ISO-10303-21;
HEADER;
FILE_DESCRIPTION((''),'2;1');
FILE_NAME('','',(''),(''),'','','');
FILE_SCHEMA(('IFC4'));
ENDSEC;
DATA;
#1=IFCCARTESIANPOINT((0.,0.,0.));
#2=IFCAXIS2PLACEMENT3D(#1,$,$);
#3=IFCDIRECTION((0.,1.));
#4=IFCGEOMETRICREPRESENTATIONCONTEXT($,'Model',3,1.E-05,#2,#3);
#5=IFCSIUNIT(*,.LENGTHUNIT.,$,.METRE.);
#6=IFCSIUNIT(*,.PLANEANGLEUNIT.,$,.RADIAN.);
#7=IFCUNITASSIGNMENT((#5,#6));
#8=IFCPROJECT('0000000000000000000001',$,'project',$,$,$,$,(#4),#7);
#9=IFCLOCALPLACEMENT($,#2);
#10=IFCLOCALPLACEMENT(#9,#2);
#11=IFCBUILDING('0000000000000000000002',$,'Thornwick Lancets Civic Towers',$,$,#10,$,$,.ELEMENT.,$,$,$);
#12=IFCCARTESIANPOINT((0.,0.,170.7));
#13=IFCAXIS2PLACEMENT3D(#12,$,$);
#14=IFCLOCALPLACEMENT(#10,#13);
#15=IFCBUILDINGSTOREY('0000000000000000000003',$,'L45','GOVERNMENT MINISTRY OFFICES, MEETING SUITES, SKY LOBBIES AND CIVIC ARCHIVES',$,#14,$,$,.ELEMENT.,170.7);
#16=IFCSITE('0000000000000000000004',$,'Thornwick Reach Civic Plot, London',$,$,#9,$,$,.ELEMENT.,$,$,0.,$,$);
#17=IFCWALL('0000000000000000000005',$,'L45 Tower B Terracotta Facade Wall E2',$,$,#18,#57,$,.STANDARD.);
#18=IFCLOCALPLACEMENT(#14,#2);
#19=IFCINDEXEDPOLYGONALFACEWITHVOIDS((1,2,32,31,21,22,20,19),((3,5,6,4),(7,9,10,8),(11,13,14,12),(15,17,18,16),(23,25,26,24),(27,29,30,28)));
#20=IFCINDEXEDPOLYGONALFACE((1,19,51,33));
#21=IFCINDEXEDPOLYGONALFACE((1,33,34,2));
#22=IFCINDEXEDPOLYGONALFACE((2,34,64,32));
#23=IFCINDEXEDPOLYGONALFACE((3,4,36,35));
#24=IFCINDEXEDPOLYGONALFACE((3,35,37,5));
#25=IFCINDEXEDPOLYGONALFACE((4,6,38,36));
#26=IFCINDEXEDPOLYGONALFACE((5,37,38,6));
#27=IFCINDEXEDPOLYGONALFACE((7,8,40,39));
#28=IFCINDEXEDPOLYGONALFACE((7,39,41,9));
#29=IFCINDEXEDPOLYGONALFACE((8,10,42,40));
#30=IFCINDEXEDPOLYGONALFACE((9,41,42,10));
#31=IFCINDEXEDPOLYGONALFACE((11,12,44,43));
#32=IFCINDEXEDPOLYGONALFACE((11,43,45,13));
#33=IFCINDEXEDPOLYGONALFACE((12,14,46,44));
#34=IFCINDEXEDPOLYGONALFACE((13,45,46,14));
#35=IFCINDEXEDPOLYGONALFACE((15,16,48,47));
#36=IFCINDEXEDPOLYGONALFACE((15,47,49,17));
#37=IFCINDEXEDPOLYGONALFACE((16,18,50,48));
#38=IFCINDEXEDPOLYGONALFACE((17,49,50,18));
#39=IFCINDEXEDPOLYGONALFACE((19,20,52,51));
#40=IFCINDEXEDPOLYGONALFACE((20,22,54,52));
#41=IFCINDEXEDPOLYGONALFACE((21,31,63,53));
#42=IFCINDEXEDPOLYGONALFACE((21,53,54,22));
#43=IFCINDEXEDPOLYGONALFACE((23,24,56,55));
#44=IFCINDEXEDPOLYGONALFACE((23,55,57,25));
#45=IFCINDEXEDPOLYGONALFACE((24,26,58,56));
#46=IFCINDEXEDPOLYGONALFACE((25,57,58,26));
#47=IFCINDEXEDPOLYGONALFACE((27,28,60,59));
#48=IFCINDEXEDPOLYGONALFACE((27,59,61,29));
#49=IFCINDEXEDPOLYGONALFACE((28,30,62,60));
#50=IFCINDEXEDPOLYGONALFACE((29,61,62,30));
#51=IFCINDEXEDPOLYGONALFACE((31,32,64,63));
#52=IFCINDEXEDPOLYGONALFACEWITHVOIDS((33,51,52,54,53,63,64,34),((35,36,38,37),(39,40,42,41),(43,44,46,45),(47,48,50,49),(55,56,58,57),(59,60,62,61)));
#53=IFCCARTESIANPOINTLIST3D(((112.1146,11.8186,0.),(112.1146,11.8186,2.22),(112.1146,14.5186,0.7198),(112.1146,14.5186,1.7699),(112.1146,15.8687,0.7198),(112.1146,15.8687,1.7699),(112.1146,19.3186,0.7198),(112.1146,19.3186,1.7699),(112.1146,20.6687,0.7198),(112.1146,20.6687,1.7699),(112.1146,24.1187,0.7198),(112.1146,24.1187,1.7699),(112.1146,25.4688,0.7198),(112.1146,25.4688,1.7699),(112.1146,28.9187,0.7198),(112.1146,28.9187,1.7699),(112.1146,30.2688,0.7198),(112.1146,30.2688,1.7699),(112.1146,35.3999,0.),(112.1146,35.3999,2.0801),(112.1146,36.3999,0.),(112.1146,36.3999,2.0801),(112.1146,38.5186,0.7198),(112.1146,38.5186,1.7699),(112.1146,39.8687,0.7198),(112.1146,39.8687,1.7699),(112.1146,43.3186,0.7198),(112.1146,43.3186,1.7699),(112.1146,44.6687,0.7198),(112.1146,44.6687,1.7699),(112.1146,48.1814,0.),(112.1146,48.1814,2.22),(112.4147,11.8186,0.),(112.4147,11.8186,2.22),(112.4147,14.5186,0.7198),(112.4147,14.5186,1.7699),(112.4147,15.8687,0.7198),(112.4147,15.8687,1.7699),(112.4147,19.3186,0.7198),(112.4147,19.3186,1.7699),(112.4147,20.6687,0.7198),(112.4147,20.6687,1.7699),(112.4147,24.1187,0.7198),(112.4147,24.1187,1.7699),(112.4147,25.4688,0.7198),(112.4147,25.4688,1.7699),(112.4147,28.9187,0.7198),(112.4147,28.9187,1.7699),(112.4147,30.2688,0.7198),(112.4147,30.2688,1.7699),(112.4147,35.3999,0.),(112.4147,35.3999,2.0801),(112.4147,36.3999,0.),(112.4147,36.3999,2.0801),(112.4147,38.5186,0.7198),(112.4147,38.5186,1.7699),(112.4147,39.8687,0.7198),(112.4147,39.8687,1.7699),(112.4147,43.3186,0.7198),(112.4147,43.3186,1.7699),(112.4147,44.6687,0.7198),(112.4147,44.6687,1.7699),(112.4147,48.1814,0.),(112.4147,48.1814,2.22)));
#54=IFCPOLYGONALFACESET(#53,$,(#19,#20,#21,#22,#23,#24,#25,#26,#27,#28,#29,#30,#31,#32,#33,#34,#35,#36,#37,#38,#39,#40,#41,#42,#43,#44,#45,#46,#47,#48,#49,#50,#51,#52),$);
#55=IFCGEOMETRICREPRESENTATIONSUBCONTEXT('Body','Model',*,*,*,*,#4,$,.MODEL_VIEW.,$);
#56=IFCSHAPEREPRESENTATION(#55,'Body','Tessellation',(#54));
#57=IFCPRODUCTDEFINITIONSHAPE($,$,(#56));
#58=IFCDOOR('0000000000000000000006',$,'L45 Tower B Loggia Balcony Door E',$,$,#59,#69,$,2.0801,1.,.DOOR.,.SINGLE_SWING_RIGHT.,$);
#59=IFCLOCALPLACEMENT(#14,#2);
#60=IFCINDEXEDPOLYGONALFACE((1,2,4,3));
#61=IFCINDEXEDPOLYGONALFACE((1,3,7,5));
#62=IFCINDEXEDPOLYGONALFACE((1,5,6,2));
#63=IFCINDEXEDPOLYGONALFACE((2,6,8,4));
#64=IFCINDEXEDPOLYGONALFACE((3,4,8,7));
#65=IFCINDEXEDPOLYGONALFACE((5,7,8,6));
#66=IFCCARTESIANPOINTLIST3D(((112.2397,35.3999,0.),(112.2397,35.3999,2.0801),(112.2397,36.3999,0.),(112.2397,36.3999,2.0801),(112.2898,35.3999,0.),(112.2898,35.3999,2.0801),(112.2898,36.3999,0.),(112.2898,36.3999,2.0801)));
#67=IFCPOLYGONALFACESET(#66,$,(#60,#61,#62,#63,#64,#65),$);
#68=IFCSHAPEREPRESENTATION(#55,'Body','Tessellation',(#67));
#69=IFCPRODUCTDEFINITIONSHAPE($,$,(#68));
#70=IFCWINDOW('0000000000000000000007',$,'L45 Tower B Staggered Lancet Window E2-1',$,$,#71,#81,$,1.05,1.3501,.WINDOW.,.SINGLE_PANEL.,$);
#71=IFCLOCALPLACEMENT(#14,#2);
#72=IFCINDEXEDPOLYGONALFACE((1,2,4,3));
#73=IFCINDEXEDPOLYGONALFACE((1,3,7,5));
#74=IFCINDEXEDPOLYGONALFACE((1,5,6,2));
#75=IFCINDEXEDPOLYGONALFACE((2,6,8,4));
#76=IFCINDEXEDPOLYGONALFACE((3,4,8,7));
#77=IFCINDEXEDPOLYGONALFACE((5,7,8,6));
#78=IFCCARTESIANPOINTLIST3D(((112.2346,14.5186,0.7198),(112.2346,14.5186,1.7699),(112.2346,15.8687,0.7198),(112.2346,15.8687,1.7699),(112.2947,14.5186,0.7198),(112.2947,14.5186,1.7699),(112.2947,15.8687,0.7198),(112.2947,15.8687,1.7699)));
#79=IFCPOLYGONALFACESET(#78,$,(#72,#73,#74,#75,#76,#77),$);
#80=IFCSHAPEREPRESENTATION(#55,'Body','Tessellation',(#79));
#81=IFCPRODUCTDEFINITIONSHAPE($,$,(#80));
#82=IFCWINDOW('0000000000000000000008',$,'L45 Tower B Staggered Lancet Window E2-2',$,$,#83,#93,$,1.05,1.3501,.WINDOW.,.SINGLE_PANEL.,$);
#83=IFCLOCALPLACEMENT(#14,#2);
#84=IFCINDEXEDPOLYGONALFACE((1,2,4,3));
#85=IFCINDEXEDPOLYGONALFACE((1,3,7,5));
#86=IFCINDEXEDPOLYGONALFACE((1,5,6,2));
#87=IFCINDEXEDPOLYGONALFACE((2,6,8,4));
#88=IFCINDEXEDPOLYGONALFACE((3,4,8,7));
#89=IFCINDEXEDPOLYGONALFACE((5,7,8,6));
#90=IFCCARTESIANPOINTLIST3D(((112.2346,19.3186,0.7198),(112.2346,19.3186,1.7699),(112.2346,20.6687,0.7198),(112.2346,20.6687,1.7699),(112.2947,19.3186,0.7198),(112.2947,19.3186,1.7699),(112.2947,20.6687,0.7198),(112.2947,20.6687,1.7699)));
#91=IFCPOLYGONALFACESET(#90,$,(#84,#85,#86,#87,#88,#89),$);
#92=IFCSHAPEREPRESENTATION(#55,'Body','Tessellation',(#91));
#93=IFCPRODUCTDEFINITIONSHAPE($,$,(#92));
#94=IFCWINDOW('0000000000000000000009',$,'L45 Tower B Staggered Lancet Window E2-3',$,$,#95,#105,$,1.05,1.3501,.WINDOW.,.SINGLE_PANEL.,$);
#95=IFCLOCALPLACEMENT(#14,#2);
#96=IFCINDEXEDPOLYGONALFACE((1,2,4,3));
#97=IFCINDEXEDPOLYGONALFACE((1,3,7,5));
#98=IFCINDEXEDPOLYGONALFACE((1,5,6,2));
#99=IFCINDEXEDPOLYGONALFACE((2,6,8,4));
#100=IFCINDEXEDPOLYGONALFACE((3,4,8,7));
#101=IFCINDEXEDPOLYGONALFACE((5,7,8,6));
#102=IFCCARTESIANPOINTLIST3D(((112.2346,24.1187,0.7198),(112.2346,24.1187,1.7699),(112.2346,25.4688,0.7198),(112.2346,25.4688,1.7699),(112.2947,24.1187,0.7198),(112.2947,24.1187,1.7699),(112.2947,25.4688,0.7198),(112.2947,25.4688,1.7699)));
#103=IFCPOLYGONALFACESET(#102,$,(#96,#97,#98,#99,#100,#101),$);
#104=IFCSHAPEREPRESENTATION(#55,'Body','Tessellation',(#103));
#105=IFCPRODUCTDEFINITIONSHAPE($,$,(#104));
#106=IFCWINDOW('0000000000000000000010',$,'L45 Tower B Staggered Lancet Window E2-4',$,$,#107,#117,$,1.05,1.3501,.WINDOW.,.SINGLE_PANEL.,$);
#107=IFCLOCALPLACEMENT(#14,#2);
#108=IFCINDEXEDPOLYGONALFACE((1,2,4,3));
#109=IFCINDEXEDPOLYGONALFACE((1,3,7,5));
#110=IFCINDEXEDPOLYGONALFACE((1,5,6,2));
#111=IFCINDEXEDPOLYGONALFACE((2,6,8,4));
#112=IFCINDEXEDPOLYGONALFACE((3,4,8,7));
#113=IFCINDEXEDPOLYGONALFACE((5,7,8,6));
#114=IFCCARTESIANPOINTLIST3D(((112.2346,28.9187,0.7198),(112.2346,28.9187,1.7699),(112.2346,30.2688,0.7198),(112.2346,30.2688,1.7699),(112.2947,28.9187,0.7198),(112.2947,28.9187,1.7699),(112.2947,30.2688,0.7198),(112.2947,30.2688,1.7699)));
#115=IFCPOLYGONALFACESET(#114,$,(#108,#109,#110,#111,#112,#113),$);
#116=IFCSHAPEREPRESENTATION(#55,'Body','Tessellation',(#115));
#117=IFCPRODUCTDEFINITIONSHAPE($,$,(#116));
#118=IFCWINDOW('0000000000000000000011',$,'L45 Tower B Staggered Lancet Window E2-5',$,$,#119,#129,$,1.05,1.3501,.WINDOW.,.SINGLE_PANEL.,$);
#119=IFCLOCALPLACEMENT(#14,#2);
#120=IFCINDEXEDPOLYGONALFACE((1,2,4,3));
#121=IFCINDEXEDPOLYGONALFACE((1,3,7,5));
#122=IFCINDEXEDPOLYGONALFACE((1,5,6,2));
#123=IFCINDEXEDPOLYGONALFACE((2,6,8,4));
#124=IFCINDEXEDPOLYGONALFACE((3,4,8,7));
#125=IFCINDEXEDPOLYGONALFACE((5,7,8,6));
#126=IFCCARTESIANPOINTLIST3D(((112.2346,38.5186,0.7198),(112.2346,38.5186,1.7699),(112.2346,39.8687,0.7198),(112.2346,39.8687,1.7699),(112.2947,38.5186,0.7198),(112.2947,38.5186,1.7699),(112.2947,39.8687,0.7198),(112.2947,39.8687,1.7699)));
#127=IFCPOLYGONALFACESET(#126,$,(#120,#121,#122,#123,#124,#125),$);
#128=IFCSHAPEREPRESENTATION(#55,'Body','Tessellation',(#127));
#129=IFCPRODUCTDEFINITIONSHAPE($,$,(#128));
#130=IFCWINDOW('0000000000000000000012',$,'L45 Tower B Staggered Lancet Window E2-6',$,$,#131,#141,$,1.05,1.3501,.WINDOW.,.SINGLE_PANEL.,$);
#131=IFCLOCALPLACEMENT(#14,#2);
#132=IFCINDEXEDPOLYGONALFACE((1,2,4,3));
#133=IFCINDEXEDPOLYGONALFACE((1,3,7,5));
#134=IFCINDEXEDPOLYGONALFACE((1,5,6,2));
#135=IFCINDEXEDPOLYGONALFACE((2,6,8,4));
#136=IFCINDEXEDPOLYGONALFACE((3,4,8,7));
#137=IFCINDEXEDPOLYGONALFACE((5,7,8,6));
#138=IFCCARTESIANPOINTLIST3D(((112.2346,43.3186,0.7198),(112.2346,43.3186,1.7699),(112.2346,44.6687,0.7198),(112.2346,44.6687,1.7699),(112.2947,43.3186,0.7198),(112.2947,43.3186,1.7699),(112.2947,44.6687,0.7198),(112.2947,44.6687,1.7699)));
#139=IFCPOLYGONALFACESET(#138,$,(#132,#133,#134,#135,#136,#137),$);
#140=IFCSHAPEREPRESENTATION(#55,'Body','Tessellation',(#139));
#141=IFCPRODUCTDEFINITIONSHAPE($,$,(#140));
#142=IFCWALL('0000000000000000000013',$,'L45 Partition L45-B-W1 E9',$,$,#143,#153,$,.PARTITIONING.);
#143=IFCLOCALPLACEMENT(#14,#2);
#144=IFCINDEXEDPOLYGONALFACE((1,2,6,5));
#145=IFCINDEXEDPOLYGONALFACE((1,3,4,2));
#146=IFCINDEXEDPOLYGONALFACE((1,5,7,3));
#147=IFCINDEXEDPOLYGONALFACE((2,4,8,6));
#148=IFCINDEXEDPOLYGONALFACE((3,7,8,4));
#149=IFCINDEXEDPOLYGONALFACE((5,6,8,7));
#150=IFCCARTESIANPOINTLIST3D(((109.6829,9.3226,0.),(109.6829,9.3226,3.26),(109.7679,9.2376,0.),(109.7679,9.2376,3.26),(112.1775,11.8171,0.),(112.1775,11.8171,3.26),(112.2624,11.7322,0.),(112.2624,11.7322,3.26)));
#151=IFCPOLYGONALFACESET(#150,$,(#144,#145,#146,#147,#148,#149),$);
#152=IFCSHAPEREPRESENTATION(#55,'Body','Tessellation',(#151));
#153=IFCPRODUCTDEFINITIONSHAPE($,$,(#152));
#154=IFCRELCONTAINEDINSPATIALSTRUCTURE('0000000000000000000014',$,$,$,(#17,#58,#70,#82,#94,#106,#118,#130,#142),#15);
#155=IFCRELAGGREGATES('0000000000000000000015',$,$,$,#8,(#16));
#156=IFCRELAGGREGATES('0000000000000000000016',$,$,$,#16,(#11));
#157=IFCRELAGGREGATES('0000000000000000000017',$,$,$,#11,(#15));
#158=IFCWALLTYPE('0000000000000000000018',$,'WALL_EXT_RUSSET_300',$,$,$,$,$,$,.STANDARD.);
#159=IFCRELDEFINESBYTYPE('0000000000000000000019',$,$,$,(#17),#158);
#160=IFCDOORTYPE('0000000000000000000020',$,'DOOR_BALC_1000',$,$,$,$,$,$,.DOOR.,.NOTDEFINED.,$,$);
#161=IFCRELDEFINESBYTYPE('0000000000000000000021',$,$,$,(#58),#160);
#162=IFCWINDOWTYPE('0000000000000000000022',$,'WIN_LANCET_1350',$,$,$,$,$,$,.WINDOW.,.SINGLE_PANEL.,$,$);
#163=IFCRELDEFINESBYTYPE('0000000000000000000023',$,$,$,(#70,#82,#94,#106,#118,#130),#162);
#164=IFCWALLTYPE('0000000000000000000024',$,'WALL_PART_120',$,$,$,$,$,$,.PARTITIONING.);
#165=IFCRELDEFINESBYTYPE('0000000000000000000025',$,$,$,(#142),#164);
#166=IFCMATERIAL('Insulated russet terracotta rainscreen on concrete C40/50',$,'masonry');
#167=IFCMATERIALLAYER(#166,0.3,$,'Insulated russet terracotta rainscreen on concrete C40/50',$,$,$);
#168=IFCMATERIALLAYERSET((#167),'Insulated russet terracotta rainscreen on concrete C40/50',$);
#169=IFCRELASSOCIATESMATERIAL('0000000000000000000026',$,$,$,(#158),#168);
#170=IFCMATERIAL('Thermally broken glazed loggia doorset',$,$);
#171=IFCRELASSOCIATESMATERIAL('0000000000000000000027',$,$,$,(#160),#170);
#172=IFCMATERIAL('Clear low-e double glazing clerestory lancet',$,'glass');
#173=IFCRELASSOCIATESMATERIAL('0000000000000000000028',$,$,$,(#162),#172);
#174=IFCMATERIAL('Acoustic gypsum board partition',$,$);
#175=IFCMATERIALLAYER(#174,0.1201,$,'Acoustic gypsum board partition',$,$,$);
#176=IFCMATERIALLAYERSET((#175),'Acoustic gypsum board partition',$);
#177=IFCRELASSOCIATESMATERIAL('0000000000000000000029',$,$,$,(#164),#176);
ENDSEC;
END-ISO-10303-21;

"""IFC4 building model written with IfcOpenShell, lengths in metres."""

from ifc_helpers import new_model, si_unit, direction, frame, frame_2d, origin, place, context, subcontext, project, spatial, rectangle, extrude, material, layer, layer_set, type_object, element, fill, save


model = new_model("IFC4")

# Units and contexts
model_context = context("Model", 3, precision=1e-05, world=origin(), true_north=direction((0.0, 1.0)))
body_context = subcontext(model_context, "Body", "Model", "MODEL_VIEW")
ifc_project = project(units=[si_unit("LENGTHUNIT", "METRE"), si_unit("PLANEANGLEUNIT", "RADIAN")], contexts=[model_context])

# Site, building, storey
site_placement = place(None, origin())
site = spatial("IfcSite", under=ifc_project, at=site_placement, Name="Thornwick Reach Civic Plot, London", CompositionType="ELEMENT", RefElevation=0.0)
building_placement = place(site_placement, origin())
building = spatial("IfcBuilding", under=site, at=building_placement, Name="Thornwick Lancets Civic Towers", CompositionType="ELEMENT")
storey_placement = place(building_placement, frame((0.0, 0.0, 170.7)))
storey = spatial("IfcBuildingStorey", under=building, at=storey_placement, Name="L45", Description="GOVERNMENT MINISTRY OFFICES, MEETING SUITES, SKY LOBBIES AND CIVIC ARCHIVES", CompositionType="ELEMENT", Elevation=170.7)

# Wall, openings, door, windows
ifc_material_1 = material(Name="Insulated russet terracotta rainscreen on concrete C40/50", Category="masonry")
ifc_layer_1 = layer(ifc_material_1, 0.3, Name="Insulated russet terracotta rainscreen on concrete C40/50")
ifc_layer_set_1 = layer_set([ifc_layer_1], Name="Insulated russet terracotta rainscreen on concrete C40/50")
wall_type_1 = type_object("IfcWallType", Name="WALL_EXT_RUSSET_300", PredefinedType="STANDARD", material=ifc_layer_set_1)
wall_1_placement = place(storey_placement, frame((112.2646, 11.8186, 0.0), z_axis=(0.0, 0.0, 1.0), x_axis=(0.0, 1.0, 0.0)))
wall_1 = element("IfcWall", 1, at=wall_1_placement, inside=storey, type_object=wall_type_1, Name="L45 Tower B Terracotta Facade Wall E2", PredefinedType="STANDARD", context=body_context, shape_type="SweptSolid", body=[
    extrude(rectangle(XDim=36.3628, YDim=0.3, at=frame_2d((18.1814, 0.0))), origin(), (0.0, 0.0, 1.0), 2.22),
])
opening_1_placement = place(wall_1_placement, frame((23.5813, 0.0, 0.0)))
opening_1 = element("IfcOpeningElement", 2, at=opening_1_placement, cuts=wall_1, PredefinedType="OPENING", context=body_context, shape_type="SweptSolid", body=[
    extrude(rectangle(XDim=1.0, YDim=2.0801, at=frame_2d((0.5, 1.04))), frame((0.0, 0.1602, 0.0), z_axis=(0.0, -1.0, 0.0), x_axis=(1.0, 0.0, 0.0)), (0.0, 0.0, 1.0), 0.3201),
])
opening_2_placement = place(wall_1_placement, frame((2.7, 0.0, 0.72)))
opening_2 = element("IfcOpeningElement", 3, at=opening_2_placement, cuts=wall_1, PredefinedType="OPENING", context=body_context, shape_type="SweptSolid", body=[
    extrude(rectangle(XDim=1.3501, YDim=1.05, at=frame_2d((0.675, 0.5249))), frame((0.0, 0.1602, 0.0), z_axis=(0.0, -1.0, 0.0), x_axis=(1.0, 0.0, 0.0)), (0.0, 0.0, 1.0), 0.3201),
])
opening_3_placement = place(wall_1_placement, frame((7.5, 0.0, 0.72)))
opening_3 = element("IfcOpeningElement", 4, at=opening_3_placement, cuts=wall_1, PredefinedType="OPENING", context=body_context, shape_type="SweptSolid", body=[
    extrude(rectangle(XDim=1.3501, YDim=1.05, at=frame_2d((0.675, 0.5249))), frame((0.0, 0.1602, 0.0), z_axis=(0.0, -1.0, 0.0), x_axis=(1.0, 0.0, 0.0)), (0.0, 0.0, 1.0), 0.3201),
])
opening_4_placement = place(wall_1_placement, frame((12.3, 0.0, 0.72)))
opening_4 = element("IfcOpeningElement", 5, at=opening_4_placement, cuts=wall_1, PredefinedType="OPENING", context=body_context, shape_type="SweptSolid", body=[
    extrude(rectangle(XDim=1.3501, YDim=1.05, at=frame_2d((0.675, 0.5249))), frame((0.0, 0.1602, 0.0), z_axis=(0.0, -1.0, 0.0), x_axis=(1.0, 0.0, 0.0)), (0.0, 0.0, 1.0), 0.3201),
])
opening_5_placement = place(wall_1_placement, frame((17.1001, 0.0, 0.72)))
opening_5 = element("IfcOpeningElement", 6, at=opening_5_placement, cuts=wall_1, PredefinedType="OPENING", context=body_context, shape_type="SweptSolid", body=[
    extrude(rectangle(XDim=1.3501, YDim=1.05, at=frame_2d((0.675, 0.5249))), frame((0.0, 0.1602, 0.0), z_axis=(0.0, -1.0, 0.0), x_axis=(1.0, 0.0, 0.0)), (0.0, 0.0, 1.0), 0.3201),
])
opening_6_placement = place(wall_1_placement, frame((26.7, 0.0, 0.72)))
opening_6 = element("IfcOpeningElement", 7, at=opening_6_placement, cuts=wall_1, PredefinedType="OPENING", context=body_context, shape_type="SweptSolid", body=[
    extrude(rectangle(XDim=1.3501, YDim=1.05, at=frame_2d((0.675, 0.5249))), frame((0.0, 0.1602, 0.0), z_axis=(0.0, -1.0, 0.0), x_axis=(1.0, 0.0, 0.0)), (0.0, 0.0, 1.0), 0.3201),
])
opening_7_placement = place(wall_1_placement, frame((31.5, 0.0, 0.72)))
opening_7 = element("IfcOpeningElement", 8, at=opening_7_placement, cuts=wall_1, PredefinedType="OPENING", context=body_context, shape_type="SweptSolid", body=[
    extrude(rectangle(XDim=1.3501, YDim=1.05, at=frame_2d((0.675, 0.5249))), frame((0.0, 0.1602, 0.0), z_axis=(0.0, -1.0, 0.0), x_axis=(1.0, 0.0, 0.0)), (0.0, 0.0, 1.0), 0.3201),
])
ifc_material_2 = material(Name="Thermally broken glazed loggia doorset")
door_type = type_object("IfcDoorType", Name="DOOR_BALC_1000", OperationType="NOTDEFINED", PredefinedType="DOOR", material=ifc_material_2)
door_placement = place(opening_1_placement, origin())
door = element("IfcDoor", 9, at=door_placement, inside=storey, type_object=door_type, Name="L45 Tower B Loggia Balcony Door E", OperationType="SINGLE_SWING_RIGHT", OverallHeight=2.0801, OverallWidth=1.0, PredefinedType="DOOR", context=body_context, shape_type="SweptSolid", body=[
    extrude(rectangle(XDim=1.0, YDim=2.0801, at=frame_2d((0.5, 1.04))), frame((0.0, 0.0249, 0.0), z_axis=(0.0, -1.0, 0.0), x_axis=(1.0, 0.0, 0.0)), (0.0, 0.0, 1.0), 0.05),
])
fill(opening_1, door)
ifc_material_3 = material(Name="Clear low-e double glazing clerestory lancet", Category="glass")
window_type = type_object("IfcWindowType", Name="WIN_LANCET_1350", PartitioningType="SINGLE_PANEL", PredefinedType="WINDOW", material=ifc_material_3)
window_1_placement = place(opening_2_placement, origin())
window_1 = element("IfcWindow", 10, at=window_1_placement, inside=storey, type_object=window_type, Name="L45 Tower B Staggered Lancet Window E2-1", OverallHeight=1.05, OverallWidth=1.3501, PartitioningType="SINGLE_PANEL", PredefinedType="WINDOW", context=body_context, shape_type="SweptSolid", body=[
    extrude(rectangle(XDim=1.3501, YDim=1.05, at=frame_2d((0.675, 0.5249))), frame((0.0, 0.03, 0.0), z_axis=(0.0, -1.0, 0.0), x_axis=(1.0, 0.0, 0.0)), (0.0, 0.0, 1.0), 0.0601),
])
fill(opening_2, window_1)
window_2_placement = place(opening_3_placement, origin())
window_2 = element("IfcWindow", 11, at=window_2_placement, inside=storey, type_object=window_type, Name="L45 Tower B Staggered Lancet Window E2-2", OverallHeight=1.05, OverallWidth=1.3501, PartitioningType="SINGLE_PANEL", PredefinedType="WINDOW", context=body_context, shape_type="SweptSolid", body=[
    extrude(rectangle(XDim=1.3501, YDim=1.05, at=frame_2d((0.675, 0.5249))), frame((0.0, 0.03, 0.0), z_axis=(0.0, -1.0, 0.0), x_axis=(1.0, 0.0, 0.0)), (0.0, 0.0, 1.0), 0.0601),
])
fill(opening_3, window_2)
window_3_placement = place(opening_4_placement, origin())
window_3 = element("IfcWindow", 12, at=window_3_placement, inside=storey, type_object=window_type, Name="L45 Tower B Staggered Lancet Window E2-3", OverallHeight=1.05, OverallWidth=1.3501, PartitioningType="SINGLE_PANEL", PredefinedType="WINDOW", context=body_context, shape_type="SweptSolid", body=[
    extrude(rectangle(XDim=1.3501, YDim=1.05, at=frame_2d((0.675, 0.5249))), frame((0.0, 0.03, 0.0), z_axis=(0.0, -1.0, 0.0), x_axis=(1.0, 0.0, 0.0)), (0.0, 0.0, 1.0), 0.0601),
])
fill(opening_4, window_3)
window_4_placement = place(opening_5_placement, origin())
window_4 = element("IfcWindow", 13, at=window_4_placement, inside=storey, type_object=window_type, Name="L45 Tower B Staggered Lancet Window E2-4", OverallHeight=1.05, OverallWidth=1.3501, PartitioningType="SINGLE_PANEL", PredefinedType="WINDOW", context=body_context, shape_type="SweptSolid", body=[
    extrude(rectangle(XDim=1.3501, YDim=1.05, at=frame_2d((0.675, 0.5249))), frame((0.0, 0.03, 0.0), z_axis=(0.0, -1.0, 0.0), x_axis=(1.0, 0.0, 0.0)), (0.0, 0.0, 1.0), 0.0601),
])
fill(opening_5, window_4)
window_5_placement = place(opening_6_placement, origin())
window_5 = element("IfcWindow", 14, at=window_5_placement, inside=storey, type_object=window_type, Name="L45 Tower B Staggered Lancet Window E2-5", OverallHeight=1.05, OverallWidth=1.3501, PartitioningType="SINGLE_PANEL", PredefinedType="WINDOW", context=body_context, shape_type="SweptSolid", body=[
    extrude(rectangle(XDim=1.3501, YDim=1.05, at=frame_2d((0.675, 0.5249))), frame((0.0, 0.03, 0.0), z_axis=(0.0, -1.0, 0.0), x_axis=(1.0, 0.0, 0.0)), (0.0, 0.0, 1.0), 0.0601),
])
fill(opening_6, window_5)
window_6_placement = place(opening_7_placement, origin())
window_6 = element("IfcWindow", 15, at=window_6_placement, inside=storey, type_object=window_type, Name="L45 Tower B Staggered Lancet Window E2-6", OverallHeight=1.05, OverallWidth=1.3501, PartitioningType="SINGLE_PANEL", PredefinedType="WINDOW", context=body_context, shape_type="SweptSolid", body=[
    extrude(rectangle(XDim=1.3501, YDim=1.05, at=frame_2d((0.675, 0.5249))), frame((0.0, 0.03, 0.0), z_axis=(0.0, -1.0, 0.0), x_axis=(1.0, 0.0, 0.0)), (0.0, 0.0, 1.0), 0.0601),
])
fill(opening_7, window_6)

# Wall
ifc_material_4 = material(Name="Acoustic gypsum board partition")
ifc_layer_2 = layer(ifc_material_4, 0.1201, Name="Acoustic gypsum board partition")
ifc_layer_set_2 = layer_set([ifc_layer_2], Name="Acoustic gypsum board partition")
wall_type_2 = type_object("IfcWallType", Name="WALL_PART_120", PredefinedType="PARTITIONING", material=ifc_layer_set_2)
wall_2_placement = place(storey_placement, frame((112.22, 11.7747, 0.0), z_axis=(0.0, 0.0, 1.0), x_axis=(-0.707107, -0.707107, 0.0)))
element("IfcWall", 16, at=wall_2_placement, inside=storey, type_object=wall_type_2, Name="L45 Partition L45-B-W1 E9", PredefinedType="PARTITIONING", context=body_context, shape_type="SweptSolid", body=[
    extrude(rectangle(XDim=3.5278, YDim=0.1201, at=frame_2d((1.7639, 0.0))), origin(), (0.0, 0.0, 1.0), 3.26),
])

save(model, "model.ifc")
